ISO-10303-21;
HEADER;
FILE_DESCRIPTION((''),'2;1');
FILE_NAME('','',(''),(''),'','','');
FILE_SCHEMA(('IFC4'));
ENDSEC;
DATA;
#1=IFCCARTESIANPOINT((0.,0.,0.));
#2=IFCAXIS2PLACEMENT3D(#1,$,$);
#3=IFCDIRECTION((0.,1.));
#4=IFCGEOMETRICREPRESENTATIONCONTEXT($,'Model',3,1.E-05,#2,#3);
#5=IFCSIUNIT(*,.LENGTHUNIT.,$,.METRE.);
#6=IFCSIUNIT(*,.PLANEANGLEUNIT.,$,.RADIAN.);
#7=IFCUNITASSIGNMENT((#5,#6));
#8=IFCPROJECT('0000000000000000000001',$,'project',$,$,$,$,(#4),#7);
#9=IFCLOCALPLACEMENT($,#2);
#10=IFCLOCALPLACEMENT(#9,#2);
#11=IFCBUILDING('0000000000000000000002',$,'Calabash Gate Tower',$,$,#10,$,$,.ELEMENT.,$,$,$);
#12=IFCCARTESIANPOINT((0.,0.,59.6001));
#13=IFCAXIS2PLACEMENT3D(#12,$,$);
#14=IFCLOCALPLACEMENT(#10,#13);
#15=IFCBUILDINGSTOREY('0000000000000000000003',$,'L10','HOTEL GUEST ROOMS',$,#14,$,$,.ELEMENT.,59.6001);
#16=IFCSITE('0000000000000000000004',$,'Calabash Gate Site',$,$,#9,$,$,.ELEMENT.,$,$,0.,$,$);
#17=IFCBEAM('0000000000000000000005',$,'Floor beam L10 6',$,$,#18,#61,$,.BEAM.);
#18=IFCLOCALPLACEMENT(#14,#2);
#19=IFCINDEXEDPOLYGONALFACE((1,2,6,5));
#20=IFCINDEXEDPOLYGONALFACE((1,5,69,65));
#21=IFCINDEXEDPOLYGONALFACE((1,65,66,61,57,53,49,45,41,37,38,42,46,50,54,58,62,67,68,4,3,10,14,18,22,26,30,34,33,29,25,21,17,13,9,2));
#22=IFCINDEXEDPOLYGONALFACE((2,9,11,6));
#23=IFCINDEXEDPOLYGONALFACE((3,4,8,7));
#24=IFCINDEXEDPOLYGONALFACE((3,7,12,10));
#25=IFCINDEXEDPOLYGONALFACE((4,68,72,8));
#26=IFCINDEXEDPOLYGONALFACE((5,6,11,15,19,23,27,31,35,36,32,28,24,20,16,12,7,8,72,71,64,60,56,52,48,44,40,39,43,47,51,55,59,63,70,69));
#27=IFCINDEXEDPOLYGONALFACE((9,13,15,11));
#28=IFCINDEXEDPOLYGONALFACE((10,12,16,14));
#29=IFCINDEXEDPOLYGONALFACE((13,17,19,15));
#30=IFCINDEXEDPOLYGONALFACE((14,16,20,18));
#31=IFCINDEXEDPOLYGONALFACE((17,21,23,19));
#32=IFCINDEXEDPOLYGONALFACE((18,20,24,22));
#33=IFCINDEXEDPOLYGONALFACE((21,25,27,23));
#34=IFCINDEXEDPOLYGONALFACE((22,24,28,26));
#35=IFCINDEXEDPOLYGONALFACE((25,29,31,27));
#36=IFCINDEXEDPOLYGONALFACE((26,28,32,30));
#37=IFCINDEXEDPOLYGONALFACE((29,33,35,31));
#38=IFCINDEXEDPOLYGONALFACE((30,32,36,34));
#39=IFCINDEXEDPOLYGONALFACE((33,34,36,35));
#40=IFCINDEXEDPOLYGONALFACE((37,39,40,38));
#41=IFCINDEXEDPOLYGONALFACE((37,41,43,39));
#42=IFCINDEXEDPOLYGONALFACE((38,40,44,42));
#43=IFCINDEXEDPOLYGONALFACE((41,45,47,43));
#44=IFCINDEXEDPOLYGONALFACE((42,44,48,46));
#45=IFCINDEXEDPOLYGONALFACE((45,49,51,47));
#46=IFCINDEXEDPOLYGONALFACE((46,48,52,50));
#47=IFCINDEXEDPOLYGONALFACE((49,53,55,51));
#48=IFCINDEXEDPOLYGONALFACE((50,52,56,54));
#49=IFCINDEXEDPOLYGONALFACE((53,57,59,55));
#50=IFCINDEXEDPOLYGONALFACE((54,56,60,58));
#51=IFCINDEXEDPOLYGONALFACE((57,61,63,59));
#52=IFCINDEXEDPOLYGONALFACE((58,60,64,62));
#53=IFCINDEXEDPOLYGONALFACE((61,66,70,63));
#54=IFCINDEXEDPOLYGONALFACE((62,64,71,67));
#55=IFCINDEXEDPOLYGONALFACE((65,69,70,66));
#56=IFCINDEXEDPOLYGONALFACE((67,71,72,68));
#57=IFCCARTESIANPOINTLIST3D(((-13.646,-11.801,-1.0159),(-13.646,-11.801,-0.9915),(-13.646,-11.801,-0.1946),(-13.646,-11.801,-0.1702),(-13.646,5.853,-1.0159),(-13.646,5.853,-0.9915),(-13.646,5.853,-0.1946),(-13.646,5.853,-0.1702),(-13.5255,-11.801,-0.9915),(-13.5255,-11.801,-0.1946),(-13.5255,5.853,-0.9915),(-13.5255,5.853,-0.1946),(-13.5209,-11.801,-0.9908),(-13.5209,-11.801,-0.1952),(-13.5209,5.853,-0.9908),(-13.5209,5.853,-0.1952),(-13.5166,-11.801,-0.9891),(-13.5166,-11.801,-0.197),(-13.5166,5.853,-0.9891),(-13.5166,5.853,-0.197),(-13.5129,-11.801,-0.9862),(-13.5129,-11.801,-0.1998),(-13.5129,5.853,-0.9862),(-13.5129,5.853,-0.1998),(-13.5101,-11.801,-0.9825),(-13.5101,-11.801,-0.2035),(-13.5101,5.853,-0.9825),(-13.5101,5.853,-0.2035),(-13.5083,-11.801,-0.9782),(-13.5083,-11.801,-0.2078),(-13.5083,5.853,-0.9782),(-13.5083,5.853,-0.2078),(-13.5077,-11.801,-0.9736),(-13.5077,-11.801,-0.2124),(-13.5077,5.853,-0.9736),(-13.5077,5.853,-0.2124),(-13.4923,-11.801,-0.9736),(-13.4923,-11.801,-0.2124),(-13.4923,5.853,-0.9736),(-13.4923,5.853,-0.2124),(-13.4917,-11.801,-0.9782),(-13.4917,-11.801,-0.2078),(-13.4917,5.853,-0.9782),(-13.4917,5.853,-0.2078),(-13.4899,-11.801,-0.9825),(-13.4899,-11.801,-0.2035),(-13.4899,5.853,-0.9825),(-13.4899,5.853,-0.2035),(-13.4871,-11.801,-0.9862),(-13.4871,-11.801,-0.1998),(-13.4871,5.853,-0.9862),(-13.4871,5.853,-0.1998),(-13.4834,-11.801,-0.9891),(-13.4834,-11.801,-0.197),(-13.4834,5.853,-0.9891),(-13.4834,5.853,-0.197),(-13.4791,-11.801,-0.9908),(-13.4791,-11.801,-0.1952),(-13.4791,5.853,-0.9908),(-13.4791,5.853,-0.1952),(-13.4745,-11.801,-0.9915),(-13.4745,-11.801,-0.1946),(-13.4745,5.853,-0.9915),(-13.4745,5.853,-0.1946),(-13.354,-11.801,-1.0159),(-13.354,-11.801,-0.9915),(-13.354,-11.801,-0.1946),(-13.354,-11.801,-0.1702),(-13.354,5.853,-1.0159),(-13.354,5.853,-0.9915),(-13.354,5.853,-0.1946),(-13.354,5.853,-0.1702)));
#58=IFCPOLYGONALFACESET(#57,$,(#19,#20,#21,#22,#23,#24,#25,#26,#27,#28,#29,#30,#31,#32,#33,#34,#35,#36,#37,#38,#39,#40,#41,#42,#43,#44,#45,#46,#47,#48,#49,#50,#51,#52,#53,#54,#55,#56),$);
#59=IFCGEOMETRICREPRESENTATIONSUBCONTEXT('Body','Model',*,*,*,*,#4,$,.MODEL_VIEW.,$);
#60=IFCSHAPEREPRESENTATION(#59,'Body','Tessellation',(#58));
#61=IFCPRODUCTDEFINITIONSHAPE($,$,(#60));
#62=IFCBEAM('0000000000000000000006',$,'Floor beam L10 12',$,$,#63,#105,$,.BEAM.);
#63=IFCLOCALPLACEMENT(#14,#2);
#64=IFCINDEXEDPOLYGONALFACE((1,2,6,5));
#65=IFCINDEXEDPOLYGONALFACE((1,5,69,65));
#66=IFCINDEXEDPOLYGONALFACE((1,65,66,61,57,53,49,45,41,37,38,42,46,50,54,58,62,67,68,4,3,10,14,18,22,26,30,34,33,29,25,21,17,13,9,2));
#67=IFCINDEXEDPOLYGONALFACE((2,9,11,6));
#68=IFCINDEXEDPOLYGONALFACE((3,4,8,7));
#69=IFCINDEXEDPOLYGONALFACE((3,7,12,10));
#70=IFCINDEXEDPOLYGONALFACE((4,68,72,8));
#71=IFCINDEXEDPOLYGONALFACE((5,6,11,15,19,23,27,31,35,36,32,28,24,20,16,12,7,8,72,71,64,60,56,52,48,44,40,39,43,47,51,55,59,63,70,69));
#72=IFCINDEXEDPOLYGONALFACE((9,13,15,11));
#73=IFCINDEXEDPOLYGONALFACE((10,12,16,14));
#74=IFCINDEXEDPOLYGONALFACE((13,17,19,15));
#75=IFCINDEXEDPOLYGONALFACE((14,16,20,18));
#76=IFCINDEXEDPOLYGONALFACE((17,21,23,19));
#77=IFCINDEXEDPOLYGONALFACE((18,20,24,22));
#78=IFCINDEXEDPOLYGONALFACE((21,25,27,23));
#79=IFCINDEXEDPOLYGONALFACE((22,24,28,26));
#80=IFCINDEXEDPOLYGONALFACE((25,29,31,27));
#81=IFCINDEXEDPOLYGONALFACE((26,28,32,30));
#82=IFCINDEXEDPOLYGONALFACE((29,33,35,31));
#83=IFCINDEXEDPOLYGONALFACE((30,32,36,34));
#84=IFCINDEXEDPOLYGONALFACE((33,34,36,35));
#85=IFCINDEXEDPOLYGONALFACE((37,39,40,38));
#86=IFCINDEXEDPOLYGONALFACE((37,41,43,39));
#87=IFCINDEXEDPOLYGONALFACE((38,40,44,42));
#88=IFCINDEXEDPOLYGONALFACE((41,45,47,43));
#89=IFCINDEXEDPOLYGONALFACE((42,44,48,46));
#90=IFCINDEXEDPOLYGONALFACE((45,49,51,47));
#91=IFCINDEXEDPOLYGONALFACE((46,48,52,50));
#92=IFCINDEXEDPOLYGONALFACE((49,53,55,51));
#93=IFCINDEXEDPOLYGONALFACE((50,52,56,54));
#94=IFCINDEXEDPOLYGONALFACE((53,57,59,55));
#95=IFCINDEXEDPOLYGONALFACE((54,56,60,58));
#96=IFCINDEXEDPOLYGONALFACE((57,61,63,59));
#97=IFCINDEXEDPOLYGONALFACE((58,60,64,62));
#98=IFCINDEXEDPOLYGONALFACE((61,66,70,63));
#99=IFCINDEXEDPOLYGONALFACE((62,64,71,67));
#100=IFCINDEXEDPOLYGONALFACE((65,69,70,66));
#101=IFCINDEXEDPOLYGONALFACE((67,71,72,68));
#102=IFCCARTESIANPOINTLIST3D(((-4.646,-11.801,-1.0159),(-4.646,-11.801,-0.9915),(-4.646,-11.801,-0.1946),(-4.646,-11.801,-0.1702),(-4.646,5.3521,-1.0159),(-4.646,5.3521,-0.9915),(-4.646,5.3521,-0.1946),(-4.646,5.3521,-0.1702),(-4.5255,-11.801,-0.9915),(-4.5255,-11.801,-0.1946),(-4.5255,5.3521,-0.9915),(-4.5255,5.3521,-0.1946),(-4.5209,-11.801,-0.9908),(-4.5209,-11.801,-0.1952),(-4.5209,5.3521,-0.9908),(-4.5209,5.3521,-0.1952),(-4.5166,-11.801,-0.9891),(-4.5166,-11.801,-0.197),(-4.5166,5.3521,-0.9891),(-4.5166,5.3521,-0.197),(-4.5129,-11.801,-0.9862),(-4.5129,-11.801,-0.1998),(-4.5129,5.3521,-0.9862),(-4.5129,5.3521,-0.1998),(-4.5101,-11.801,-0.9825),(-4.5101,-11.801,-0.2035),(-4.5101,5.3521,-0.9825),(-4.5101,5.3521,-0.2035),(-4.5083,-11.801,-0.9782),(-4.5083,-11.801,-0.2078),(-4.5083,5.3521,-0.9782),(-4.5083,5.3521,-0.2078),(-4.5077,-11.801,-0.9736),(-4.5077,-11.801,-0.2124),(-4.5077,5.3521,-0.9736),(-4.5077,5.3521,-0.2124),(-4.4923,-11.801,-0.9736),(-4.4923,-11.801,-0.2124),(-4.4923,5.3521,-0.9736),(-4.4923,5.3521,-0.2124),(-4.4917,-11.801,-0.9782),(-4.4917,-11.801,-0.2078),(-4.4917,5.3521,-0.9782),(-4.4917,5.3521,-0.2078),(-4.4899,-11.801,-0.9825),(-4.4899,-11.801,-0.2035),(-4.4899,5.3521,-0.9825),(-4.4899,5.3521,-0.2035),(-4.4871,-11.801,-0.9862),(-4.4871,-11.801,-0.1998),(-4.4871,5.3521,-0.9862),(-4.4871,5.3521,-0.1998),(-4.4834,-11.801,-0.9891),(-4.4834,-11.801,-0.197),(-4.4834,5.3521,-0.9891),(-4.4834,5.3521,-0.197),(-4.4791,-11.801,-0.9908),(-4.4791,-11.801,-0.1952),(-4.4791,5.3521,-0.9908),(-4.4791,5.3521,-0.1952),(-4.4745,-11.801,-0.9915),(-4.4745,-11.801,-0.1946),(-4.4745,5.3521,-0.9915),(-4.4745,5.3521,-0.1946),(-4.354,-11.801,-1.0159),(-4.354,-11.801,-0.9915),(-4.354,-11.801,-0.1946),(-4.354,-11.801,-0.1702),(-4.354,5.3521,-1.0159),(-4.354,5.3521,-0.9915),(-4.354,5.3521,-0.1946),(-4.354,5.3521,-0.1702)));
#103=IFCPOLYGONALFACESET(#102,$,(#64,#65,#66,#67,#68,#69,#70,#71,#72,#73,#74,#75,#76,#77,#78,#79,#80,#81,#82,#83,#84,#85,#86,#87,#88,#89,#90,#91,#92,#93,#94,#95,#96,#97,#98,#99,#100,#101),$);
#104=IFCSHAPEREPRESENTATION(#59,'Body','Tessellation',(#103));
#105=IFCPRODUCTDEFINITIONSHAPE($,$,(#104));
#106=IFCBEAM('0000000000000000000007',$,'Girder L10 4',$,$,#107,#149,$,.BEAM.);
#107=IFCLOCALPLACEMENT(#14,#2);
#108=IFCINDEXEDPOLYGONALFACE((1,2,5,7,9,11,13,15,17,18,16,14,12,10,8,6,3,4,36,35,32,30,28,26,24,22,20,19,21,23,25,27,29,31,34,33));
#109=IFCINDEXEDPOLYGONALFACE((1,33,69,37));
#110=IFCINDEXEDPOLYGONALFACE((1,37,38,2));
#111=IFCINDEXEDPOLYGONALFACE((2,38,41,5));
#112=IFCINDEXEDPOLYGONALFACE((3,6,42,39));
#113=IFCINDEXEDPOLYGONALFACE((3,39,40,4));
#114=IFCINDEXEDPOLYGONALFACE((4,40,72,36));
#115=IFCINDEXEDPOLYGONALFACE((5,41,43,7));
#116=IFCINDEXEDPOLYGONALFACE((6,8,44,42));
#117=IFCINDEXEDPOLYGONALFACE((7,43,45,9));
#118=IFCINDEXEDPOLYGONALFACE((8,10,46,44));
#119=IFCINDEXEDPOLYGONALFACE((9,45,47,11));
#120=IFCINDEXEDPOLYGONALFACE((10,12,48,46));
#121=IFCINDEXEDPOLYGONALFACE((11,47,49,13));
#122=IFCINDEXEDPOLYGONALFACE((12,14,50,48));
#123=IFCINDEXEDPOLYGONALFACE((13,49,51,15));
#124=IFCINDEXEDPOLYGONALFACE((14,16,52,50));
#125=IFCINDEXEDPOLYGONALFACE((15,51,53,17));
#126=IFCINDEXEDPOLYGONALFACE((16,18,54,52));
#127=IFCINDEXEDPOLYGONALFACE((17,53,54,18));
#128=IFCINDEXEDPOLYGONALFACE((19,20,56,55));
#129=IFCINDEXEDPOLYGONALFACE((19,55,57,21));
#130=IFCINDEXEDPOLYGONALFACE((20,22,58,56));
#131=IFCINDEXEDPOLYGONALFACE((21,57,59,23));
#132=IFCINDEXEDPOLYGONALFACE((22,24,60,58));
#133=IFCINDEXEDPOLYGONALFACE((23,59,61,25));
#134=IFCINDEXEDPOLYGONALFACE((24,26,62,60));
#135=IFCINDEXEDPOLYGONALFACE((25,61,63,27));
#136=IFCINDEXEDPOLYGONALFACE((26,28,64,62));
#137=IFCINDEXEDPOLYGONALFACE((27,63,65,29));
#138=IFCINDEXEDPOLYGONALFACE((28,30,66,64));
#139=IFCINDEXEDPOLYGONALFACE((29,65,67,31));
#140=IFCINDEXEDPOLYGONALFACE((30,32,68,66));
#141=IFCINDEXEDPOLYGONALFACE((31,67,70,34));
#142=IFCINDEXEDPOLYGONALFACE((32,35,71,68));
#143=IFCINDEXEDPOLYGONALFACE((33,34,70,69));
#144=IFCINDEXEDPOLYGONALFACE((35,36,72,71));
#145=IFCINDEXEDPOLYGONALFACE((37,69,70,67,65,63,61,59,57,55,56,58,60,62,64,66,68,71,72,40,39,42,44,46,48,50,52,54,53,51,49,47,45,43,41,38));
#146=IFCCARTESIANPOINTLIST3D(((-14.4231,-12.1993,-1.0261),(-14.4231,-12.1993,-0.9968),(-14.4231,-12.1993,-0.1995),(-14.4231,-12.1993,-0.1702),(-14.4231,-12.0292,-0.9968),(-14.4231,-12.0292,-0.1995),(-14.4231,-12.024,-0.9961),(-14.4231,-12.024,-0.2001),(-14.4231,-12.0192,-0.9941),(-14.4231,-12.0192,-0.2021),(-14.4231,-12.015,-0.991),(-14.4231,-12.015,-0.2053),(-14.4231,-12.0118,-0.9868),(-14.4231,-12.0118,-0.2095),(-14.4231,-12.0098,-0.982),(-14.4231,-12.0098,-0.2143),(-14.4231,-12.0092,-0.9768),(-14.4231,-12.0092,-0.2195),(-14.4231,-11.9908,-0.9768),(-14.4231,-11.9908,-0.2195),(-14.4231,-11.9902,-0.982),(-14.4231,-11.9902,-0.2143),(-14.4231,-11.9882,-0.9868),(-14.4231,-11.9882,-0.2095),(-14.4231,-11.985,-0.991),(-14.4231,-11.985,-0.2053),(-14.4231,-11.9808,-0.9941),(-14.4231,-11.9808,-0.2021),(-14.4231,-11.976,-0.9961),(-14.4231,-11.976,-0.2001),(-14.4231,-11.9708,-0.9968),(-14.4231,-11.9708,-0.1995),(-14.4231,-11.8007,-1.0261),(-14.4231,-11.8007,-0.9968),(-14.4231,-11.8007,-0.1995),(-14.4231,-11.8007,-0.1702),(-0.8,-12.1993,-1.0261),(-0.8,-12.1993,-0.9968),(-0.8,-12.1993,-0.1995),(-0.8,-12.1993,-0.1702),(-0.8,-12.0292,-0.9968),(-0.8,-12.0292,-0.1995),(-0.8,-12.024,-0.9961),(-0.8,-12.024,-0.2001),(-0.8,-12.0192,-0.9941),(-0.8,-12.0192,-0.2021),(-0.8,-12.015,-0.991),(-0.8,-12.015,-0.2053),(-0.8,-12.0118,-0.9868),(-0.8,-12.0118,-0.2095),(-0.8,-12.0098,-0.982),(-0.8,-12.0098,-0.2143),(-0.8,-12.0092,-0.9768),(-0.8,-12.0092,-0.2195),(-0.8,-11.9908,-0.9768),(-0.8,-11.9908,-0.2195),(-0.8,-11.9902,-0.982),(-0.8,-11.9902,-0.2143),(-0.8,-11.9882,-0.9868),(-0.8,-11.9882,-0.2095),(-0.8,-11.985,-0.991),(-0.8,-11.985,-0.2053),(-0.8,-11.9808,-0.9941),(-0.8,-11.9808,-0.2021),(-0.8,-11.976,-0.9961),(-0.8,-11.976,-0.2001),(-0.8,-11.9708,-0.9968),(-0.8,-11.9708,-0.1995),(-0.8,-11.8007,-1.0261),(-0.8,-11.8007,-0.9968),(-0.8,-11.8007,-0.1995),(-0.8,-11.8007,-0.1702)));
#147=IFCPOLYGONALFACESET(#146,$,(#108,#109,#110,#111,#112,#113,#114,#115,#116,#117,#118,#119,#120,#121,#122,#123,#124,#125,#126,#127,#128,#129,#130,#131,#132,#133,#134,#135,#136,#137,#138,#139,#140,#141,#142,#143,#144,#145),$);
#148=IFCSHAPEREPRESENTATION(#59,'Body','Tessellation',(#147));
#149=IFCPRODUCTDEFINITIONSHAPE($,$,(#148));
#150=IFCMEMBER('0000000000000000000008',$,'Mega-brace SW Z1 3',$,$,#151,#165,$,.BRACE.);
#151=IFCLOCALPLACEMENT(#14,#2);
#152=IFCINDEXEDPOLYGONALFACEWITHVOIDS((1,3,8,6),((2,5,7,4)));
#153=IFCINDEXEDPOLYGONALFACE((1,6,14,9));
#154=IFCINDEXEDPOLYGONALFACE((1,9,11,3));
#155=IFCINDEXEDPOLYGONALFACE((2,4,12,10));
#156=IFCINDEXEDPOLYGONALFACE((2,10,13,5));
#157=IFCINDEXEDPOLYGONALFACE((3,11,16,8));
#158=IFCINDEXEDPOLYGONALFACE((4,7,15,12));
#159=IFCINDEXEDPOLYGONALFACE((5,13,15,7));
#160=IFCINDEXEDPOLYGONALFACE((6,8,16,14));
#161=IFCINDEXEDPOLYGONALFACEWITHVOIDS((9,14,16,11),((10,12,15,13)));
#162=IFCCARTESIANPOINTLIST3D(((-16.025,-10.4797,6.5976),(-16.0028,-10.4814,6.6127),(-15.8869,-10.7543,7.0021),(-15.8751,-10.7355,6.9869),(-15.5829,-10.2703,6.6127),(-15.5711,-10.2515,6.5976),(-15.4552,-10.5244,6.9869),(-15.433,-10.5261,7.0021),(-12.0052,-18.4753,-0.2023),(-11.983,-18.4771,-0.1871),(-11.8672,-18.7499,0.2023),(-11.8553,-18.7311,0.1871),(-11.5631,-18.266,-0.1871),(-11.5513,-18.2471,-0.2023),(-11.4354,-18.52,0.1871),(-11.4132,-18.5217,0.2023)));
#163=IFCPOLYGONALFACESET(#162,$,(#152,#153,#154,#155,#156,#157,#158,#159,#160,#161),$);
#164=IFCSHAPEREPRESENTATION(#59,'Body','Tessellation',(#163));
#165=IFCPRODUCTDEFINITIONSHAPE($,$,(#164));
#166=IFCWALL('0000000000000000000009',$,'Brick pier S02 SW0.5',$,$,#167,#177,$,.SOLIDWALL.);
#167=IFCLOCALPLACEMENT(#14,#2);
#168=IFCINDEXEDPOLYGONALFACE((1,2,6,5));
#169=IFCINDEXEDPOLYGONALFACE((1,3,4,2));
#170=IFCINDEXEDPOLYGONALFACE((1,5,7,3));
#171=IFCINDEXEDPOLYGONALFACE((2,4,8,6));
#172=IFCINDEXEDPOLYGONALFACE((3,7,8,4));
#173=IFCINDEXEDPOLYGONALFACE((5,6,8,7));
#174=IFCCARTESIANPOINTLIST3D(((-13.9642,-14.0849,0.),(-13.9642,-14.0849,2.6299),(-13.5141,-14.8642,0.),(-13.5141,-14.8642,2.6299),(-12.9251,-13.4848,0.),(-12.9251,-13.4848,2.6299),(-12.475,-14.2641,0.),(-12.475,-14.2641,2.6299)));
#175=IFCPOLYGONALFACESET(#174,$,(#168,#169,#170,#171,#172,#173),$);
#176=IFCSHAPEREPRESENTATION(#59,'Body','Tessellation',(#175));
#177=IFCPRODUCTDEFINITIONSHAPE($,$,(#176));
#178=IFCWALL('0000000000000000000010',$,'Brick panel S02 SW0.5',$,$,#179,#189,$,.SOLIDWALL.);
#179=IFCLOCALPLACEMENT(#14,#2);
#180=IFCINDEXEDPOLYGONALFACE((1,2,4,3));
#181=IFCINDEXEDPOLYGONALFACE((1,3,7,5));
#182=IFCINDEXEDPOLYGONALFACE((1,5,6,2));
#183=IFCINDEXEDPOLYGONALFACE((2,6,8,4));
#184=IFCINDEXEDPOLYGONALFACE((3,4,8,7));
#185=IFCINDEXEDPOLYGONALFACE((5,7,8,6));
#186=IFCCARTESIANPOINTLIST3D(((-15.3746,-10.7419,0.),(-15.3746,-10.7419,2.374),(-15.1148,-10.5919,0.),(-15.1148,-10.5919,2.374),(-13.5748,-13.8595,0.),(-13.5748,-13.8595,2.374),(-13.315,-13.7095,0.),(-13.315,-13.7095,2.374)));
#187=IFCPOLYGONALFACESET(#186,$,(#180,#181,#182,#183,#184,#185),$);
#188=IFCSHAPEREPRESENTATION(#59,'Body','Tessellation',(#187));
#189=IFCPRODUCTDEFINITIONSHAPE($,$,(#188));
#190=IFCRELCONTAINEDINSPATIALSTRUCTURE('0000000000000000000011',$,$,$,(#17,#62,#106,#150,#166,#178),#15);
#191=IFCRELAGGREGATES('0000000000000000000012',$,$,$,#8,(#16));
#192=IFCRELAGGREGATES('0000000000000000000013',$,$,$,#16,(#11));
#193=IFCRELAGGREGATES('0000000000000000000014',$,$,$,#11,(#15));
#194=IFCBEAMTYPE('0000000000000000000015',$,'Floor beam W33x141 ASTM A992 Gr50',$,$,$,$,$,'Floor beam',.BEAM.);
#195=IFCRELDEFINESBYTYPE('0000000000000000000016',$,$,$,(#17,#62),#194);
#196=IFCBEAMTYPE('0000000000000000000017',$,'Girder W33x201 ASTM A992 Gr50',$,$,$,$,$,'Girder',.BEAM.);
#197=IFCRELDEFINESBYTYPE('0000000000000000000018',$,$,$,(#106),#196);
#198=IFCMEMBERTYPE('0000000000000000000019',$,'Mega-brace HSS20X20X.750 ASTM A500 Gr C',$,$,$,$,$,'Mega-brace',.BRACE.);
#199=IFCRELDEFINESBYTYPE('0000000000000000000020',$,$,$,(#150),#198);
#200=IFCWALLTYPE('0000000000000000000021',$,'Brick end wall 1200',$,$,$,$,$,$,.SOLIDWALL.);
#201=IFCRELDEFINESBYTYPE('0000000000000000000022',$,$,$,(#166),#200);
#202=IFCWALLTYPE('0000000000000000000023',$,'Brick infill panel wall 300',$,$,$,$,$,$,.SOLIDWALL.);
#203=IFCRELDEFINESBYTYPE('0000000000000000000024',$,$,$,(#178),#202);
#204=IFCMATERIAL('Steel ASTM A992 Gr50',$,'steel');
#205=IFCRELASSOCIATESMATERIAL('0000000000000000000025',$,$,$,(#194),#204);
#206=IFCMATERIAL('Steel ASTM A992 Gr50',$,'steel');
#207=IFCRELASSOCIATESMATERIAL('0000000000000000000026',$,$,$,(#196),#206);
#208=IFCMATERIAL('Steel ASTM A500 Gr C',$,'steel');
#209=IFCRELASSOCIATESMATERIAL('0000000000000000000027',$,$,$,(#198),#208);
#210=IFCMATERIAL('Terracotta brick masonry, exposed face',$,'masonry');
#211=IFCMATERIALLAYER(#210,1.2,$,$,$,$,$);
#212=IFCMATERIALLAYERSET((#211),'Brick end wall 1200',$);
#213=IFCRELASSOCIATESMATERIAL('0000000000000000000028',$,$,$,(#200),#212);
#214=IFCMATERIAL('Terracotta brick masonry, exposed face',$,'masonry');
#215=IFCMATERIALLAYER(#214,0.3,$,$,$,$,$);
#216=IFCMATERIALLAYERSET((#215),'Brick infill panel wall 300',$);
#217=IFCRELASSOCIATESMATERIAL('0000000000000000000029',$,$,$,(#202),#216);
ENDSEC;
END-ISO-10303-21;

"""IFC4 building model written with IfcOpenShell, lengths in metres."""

from ifc_helpers import new_model, si_unit, direction, frame, frame_2d, origin, origin_2d, place, context, subcontext, project, spatial, rectangle, hollow_rectangle, i_section, extrude, material, layer, layer_set, material_profile, profile_set, type_object, element, save


model = new_model("IFC4")

# Units and contexts
model_context = context("Model", 3, precision=1e-05, world=origin(), true_north=direction((0.0, 1.0)))
body_context = subcontext(model_context, "Body", "Model", "MODEL_VIEW")
ifc_project = project(units=[si_unit("LENGTHUNIT", "METRE"), si_unit("PLANEANGLEUNIT", "RADIAN")], contexts=[model_context])

# Site, building, storey
site_placement = place(None, origin())
site = spatial("IfcSite", under=ifc_project, at=site_placement, Name="Calabash Gate Site", CompositionType="ELEMENT", RefElevation=0.0)
building_placement = place(site_placement, origin())
building = spatial("IfcBuilding", under=site, at=building_placement, Name="Calabash Gate Tower", CompositionType="ELEMENT")
storey_placement = place(building_placement, frame((0.0, 0.0, 59.6001)))
storey = spatial("IfcBuildingStorey", under=building, at=storey_placement, Name="L10", Description="HOTEL GUEST ROOMS", CompositionType="ELEMENT", Elevation=59.6001)

# Beams
ifc_material_1 = material(Name="Steel ASTM A992 Gr50", Category="steel")
ifc_material_profile_1 = material_profile(ifc_material_1, i_section(OverallWidth=0.292, OverallDepth=0.8457, WebThickness=0.0154, FlangeThickness=0.0244, FilletRadius=0.0178, at=origin_2d()))
ifc_profile_set_1 = profile_set([ifc_material_profile_1], Name="Steel ASTM A992 Gr50")
beam_type_1 = type_object("IfcBeamType", Name="Floor beam W33x141 ASTM A992 Gr50", ElementType="Floor beam", PredefinedType="BEAM", material=ifc_profile_set_1)
beam_1_placement = place(storey_placement, frame((-13.5, -11.801, -0.593), z_axis=(0.0, 1.0, 0.0), x_axis=(-1.0, 0.0, 0.0)))
element("IfcBeam", 1, at=beam_1_placement, inside=storey, type_object=beam_type_1, Name="Floor beam L10 6", PredefinedType="BEAM", context=body_context, shape_type="SweptSolid", body=[
    extrude(i_section(OverallWidth=0.292, OverallDepth=0.8457, WebThickness=0.0154, FlangeThickness=0.0244, FilletRadius=0.0178, at=origin_2d()), origin(), (0.0, 0.0, 1.0), 17.6541),
])
beam_2_placement = place(storey_placement, frame((-4.5, -11.801, -0.593), z_axis=(0.0, 1.0, 0.0), x_axis=(-1.0, 0.0, 0.0)))
element("IfcBeam", 2, at=beam_2_placement, inside=storey, type_object=beam_type_1, Name="Floor beam L10 12", PredefinedType="BEAM", context=body_context, shape_type="SweptSolid", body=[
    extrude(i_section(OverallWidth=0.292, OverallDepth=0.8457, WebThickness=0.0154, FlangeThickness=0.0244, FilletRadius=0.0178, at=origin_2d()), origin(), (0.0, 0.0, 1.0), 17.1531),
])
ifc_material_2 = material(Name="Steel ASTM A992 Gr50", Category="steel")
ifc_material_profile_2 = material_profile(ifc_material_2, i_section(OverallWidth=0.3987, OverallDepth=0.856, WebThickness=0.0183, FlangeThickness=0.0293, FilletRadius=0.02, at=origin_2d()))
ifc_profile_set_2 = profile_set([ifc_material_profile_2], Name="Steel ASTM A992 Gr50")
beam_type_2 = type_object("IfcBeamType", Name="Girder W33x201 ASTM A992 Gr50", ElementType="Girder", PredefinedType="BEAM", material=ifc_profile_set_2)
beam_3_placement = place(storey_placement, frame((-14.4231, -12.0, -0.5981), z_axis=(1.0, 0.0, 0.0), x_axis=(0.0, 1.0, 0.0)))
element("IfcBeam", 3, at=beam_3_placement, inside=storey, type_object=beam_type_2, Name="Girder L10 4", PredefinedType="BEAM", context=body_context, shape_type="SweptSolid", body=[
    extrude(i_section(OverallWidth=0.3987, OverallDepth=0.856, WebThickness=0.0183, FlangeThickness=0.0293, FilletRadius=0.02, at=origin_2d()), origin(), (0.0, 0.0, 1.0), 13.623),
])

# Member
ifc_material_3 = material(Name="Steel ASTM A500 Gr C", Category="steel")
ifc_material_profile_3 = material_profile(ifc_material_3, hollow_rectangle(XDim=0.5081, YDim=0.5081, WallThickness=0.019, at=origin_2d()))
ifc_profile_set_3 = profile_set([ifc_material_profile_3], Name="Steel ASTM A500 Gr C")
member_type = type_object("IfcMemberType", Name="Mega-brace HSS20X20X.750 ASTM A500 Gr C", ElementType="Mega-brace", PredefinedType="BRACE", material=ifc_profile_set_3)
member_placement = place(storey_placement, frame((-11.7092, -18.4985, 0.0), z_axis=(-0.357648, 0.711386, 0.604993), x_axis=(-0.893443, -0.449177, 0.0)))
element("IfcMember", 4, at=member_placement, inside=storey, type_object=member_type, Name="Mega-brace SW Z1 3", PredefinedType="BRACE", context=body_context, shape_type="SweptSolid", body=[
    extrude(hollow_rectangle(XDim=0.5081, YDim=0.5081, WallThickness=0.019, at=origin_2d()), origin(), (0.0, 0.0, 1.0), 11.2395),
])

# Walls
ifc_material_4 = material(Name="Terracotta brick masonry, exposed face", Category="masonry")
ifc_layer_1 = layer(ifc_material_4, 1.2)
ifc_layer_set_1 = layer_set([ifc_layer_1], Name="Brick end wall 1200")
wall_type_1 = type_object("IfcWallType", Name="Brick end wall 1200", PredefinedType="SOLIDWALL", material=ifc_layer_set_1)
wall_1_placement = place(storey_placement, frame((-13.7393, -14.4746, 0.0), z_axis=(0.0, 0.0, 1.0), x_axis=(0.865955, 0.500122, 0.0)))
element("IfcWall", 5, at=wall_1_placement, inside=storey, type_object=wall_type_1, Name="Brick pier S02 SW0.5", PredefinedType="SOLIDWALL", context=body_context, shape_type="SweptSolid", body=[
    extrude(rectangle(XDim=1.2, YDim=0.8999, at=frame_2d((0.6001, 0.0))), origin(), (0.0, 0.0, 1.0), 2.6299),
])
ifc_material_5 = material(Name="Terracotta brick masonry, exposed face", Category="masonry")
ifc_layer_2 = layer(ifc_material_5, 0.3)
ifc_layer_set_2 = layer_set([ifc_layer_2], Name="Brick infill panel wall 300")
wall_type_2 = type_object("IfcWallType", Name="Brick infill panel wall 300", PredefinedType="SOLIDWALL", material=ifc_layer_set_2)
wall_2_placement = place(storey_placement, frame((-15.2446, -10.667, 0.0), z_axis=(0.0, 0.0, 1.0), x_axis=(0.499961, -0.866048, 0.0)))
element("IfcWall", 6, at=wall_2_placement, inside=storey, type_object=wall_type_2, Name="Brick panel S02 SW0.5", PredefinedType="SOLIDWALL", context=body_context, shape_type="SweptSolid", body=[
    extrude(rectangle(XDim=3.5999, YDim=0.3, at=frame_2d((1.7998, 0.0))), origin(), (0.0, 0.0, 1.0), 2.374),
])

save(model, "model.ifc")
